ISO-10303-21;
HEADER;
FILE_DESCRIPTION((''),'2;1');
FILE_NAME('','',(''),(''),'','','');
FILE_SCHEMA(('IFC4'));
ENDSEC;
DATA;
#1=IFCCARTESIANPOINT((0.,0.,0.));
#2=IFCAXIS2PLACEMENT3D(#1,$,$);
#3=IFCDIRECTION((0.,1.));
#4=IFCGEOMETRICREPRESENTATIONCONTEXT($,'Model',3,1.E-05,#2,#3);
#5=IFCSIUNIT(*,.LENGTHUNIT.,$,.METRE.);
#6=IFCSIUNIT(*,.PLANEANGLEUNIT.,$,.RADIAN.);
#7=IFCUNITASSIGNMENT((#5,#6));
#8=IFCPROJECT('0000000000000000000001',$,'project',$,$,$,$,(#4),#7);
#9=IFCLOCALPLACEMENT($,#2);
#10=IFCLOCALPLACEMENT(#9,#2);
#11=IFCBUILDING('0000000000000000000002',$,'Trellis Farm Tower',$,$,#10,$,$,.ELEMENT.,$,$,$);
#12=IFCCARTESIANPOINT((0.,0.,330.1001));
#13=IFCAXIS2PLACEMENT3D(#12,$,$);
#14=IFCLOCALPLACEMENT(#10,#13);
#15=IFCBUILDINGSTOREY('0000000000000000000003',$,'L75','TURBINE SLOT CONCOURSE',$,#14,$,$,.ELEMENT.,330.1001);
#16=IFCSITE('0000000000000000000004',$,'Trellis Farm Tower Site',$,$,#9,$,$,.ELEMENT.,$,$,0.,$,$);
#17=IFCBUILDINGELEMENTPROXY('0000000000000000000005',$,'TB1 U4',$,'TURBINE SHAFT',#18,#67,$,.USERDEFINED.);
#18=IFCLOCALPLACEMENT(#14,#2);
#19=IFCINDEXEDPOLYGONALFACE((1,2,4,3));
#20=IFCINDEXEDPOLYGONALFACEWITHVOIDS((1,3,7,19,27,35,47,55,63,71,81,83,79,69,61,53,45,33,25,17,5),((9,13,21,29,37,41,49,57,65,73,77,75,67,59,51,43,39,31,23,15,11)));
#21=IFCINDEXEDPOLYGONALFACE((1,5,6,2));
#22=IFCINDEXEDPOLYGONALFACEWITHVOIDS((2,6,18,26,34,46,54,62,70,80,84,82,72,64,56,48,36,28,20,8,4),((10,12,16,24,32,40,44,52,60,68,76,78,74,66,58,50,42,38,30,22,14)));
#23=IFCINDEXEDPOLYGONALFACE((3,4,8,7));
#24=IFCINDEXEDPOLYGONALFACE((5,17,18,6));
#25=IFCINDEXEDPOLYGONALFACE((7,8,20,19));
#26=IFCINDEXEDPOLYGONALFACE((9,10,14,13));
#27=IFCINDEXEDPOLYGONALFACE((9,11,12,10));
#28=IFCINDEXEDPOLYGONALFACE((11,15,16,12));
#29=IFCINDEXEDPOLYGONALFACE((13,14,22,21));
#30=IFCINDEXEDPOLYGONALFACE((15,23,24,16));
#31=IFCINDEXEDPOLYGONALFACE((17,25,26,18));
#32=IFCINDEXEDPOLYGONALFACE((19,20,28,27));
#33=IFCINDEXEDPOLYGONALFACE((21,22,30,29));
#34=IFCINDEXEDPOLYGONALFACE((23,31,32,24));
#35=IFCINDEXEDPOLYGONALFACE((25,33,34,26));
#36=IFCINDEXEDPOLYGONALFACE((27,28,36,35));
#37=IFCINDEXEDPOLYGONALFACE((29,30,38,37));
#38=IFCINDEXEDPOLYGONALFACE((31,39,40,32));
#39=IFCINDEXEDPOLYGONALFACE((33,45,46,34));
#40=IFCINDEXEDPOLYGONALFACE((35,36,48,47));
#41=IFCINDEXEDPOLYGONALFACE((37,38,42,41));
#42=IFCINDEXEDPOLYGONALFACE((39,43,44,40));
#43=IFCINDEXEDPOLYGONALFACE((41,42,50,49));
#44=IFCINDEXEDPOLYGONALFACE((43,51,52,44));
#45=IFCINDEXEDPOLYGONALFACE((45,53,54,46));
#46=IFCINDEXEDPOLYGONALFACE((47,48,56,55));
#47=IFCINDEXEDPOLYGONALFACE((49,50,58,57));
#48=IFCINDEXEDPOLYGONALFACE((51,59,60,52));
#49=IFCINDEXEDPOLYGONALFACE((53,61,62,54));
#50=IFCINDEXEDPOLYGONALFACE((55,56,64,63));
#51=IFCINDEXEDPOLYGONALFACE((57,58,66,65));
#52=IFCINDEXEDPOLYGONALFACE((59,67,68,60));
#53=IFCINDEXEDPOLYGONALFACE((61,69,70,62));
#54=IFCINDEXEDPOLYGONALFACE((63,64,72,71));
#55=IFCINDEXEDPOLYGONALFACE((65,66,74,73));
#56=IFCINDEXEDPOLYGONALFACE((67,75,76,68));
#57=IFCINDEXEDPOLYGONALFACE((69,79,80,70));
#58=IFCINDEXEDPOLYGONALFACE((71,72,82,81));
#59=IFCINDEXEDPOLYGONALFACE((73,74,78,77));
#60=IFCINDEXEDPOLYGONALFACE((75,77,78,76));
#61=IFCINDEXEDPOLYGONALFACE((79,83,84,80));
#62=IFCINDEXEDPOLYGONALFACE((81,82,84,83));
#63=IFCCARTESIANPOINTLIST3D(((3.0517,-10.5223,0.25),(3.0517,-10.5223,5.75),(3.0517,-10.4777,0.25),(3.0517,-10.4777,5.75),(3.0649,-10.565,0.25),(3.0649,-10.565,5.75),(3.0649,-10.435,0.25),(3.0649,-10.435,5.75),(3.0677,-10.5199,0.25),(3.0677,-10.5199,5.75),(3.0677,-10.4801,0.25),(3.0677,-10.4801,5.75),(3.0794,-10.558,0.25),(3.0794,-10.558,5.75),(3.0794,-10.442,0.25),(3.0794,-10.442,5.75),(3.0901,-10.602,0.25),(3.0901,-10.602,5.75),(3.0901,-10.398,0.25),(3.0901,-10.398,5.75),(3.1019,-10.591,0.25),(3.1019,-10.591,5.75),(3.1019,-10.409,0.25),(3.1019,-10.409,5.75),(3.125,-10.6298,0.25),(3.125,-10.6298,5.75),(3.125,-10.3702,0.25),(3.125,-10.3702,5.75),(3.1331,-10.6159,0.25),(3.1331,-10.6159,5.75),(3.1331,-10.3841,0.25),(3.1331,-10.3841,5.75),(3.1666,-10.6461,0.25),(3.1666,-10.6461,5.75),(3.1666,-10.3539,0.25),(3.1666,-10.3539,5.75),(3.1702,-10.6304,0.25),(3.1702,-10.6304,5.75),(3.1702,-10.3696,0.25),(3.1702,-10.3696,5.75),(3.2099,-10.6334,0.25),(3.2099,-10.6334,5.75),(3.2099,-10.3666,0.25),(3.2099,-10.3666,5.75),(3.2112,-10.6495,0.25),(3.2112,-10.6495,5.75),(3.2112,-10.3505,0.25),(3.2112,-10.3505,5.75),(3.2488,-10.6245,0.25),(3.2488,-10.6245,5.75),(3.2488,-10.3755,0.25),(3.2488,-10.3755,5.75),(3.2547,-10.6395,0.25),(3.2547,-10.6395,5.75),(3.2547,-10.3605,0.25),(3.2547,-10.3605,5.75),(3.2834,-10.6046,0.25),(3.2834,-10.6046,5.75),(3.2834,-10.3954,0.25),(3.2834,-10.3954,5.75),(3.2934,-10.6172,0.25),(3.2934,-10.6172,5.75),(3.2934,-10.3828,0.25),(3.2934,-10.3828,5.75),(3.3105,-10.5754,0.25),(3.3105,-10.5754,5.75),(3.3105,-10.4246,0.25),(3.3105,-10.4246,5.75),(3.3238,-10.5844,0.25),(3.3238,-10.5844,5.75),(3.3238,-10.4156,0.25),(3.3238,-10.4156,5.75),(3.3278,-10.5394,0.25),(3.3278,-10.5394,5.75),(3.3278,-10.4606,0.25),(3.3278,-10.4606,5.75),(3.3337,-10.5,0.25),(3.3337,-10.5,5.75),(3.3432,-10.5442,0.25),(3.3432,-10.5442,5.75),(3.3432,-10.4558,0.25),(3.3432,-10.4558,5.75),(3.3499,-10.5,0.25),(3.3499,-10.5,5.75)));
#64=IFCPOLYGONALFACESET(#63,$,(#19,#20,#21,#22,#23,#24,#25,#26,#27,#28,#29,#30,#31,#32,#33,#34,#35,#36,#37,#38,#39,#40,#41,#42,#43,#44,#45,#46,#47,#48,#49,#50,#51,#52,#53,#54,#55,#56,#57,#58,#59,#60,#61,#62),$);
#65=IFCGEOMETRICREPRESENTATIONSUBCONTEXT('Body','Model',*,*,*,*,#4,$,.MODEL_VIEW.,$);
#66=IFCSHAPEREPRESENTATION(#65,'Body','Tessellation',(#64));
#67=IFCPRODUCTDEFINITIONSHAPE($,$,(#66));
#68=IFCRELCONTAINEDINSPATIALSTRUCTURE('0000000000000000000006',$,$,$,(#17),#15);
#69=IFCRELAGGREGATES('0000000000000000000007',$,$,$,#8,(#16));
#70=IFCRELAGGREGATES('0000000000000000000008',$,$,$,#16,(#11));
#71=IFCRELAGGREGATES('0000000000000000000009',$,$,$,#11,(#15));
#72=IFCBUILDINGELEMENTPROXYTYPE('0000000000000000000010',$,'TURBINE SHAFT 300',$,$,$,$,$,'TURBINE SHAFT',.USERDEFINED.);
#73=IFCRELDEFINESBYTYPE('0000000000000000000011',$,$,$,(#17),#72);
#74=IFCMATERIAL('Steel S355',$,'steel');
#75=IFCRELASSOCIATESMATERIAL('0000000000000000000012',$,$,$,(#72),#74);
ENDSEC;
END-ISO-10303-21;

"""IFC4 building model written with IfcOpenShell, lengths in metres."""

from ifc_helpers import new_model, si_unit, direction, frame, origin, origin_2d, place, context, subcontext, project, spatial, hollow_circle, extrude, source, transform, mapped, material, material_profile, profile_set, type_object, element, save


model = new_model("IFC4")

# Units and contexts
model_context = context("Model", 3, precision=1e-05, world=origin(), true_north=direction((0.0, 1.0)))
body_context = subcontext(model_context, "Body", "Model", "MODEL_VIEW")
ifc_project = project(units=[si_unit("LENGTHUNIT", "METRE"), si_unit("PLANEANGLEUNIT", "RADIAN")], contexts=[model_context])

# Site, building, storey
site_placement = place(None, origin())
site = spatial("IfcSite", under=ifc_project, at=site_placement, Name="Trellis Farm Tower Site", CompositionType="ELEMENT", RefElevation=0.0)
building_placement = place(site_placement, origin())
building = spatial("IfcBuilding", under=site, at=building_placement, Name="Trellis Farm Tower", CompositionType="ELEMENT")
storey_placement = place(building_placement, frame((0.0, 0.0, 330.1001)))
storey = spatial("IfcBuildingStorey", under=building, at=storey_placement, Name="L75", Description="TURBINE SLOT CONCOURSE", CompositionType="ELEMENT", Elevation=330.1001)

# Shared definitions
ifc_material_1 = material(Name="Steel S355", Category="steel")

# Building element proxy
ifc_material_profile_1 = material_profile(ifc_material_1, hollow_circle(Radius=0.1499, WallThickness=0.0161, at=origin_2d()), Name="CHS 300x16")
ifc_profile_set_1 = profile_set([ifc_material_profile_1], Name="Steel S355")
building_element_proxy_type_1 = type_object("IfcBuildingElementProxyType", Name="TURBINE SHAFT 300", ElementType="TURBINE SHAFT", PredefinedType="USERDEFINED", material=ifc_profile_set_1)
shared_shape_1 = source(origin(), body_context, "Body", "SweptSolid", [
    extrude(hollow_circle(Radius=0.1499, WallThickness=0.0161, at=origin_2d()), origin(), (0.0, 0.0, 1.0), 5.5),
])
proxy_1_placement = place(storey_placement, frame((3.2, -10.5, 0.25), z_axis=(0.0, 0.0, 1.0), x_axis=(1.0, 0.0, 0.0)))
element("IfcBuildingElementProxy", 1, at=proxy_1_placement, inside=storey, type_object=building_element_proxy_type_1, Name="TB1 U4", ObjectType="TURBINE SHAFT", PredefinedType="USERDEFINED", context=body_context, shape_type="MappedRepresentation", body=[
    mapped(shared_shape_1, transform((0.0, 0.0, 0.0))),
])

save(model, "model.ifc")
